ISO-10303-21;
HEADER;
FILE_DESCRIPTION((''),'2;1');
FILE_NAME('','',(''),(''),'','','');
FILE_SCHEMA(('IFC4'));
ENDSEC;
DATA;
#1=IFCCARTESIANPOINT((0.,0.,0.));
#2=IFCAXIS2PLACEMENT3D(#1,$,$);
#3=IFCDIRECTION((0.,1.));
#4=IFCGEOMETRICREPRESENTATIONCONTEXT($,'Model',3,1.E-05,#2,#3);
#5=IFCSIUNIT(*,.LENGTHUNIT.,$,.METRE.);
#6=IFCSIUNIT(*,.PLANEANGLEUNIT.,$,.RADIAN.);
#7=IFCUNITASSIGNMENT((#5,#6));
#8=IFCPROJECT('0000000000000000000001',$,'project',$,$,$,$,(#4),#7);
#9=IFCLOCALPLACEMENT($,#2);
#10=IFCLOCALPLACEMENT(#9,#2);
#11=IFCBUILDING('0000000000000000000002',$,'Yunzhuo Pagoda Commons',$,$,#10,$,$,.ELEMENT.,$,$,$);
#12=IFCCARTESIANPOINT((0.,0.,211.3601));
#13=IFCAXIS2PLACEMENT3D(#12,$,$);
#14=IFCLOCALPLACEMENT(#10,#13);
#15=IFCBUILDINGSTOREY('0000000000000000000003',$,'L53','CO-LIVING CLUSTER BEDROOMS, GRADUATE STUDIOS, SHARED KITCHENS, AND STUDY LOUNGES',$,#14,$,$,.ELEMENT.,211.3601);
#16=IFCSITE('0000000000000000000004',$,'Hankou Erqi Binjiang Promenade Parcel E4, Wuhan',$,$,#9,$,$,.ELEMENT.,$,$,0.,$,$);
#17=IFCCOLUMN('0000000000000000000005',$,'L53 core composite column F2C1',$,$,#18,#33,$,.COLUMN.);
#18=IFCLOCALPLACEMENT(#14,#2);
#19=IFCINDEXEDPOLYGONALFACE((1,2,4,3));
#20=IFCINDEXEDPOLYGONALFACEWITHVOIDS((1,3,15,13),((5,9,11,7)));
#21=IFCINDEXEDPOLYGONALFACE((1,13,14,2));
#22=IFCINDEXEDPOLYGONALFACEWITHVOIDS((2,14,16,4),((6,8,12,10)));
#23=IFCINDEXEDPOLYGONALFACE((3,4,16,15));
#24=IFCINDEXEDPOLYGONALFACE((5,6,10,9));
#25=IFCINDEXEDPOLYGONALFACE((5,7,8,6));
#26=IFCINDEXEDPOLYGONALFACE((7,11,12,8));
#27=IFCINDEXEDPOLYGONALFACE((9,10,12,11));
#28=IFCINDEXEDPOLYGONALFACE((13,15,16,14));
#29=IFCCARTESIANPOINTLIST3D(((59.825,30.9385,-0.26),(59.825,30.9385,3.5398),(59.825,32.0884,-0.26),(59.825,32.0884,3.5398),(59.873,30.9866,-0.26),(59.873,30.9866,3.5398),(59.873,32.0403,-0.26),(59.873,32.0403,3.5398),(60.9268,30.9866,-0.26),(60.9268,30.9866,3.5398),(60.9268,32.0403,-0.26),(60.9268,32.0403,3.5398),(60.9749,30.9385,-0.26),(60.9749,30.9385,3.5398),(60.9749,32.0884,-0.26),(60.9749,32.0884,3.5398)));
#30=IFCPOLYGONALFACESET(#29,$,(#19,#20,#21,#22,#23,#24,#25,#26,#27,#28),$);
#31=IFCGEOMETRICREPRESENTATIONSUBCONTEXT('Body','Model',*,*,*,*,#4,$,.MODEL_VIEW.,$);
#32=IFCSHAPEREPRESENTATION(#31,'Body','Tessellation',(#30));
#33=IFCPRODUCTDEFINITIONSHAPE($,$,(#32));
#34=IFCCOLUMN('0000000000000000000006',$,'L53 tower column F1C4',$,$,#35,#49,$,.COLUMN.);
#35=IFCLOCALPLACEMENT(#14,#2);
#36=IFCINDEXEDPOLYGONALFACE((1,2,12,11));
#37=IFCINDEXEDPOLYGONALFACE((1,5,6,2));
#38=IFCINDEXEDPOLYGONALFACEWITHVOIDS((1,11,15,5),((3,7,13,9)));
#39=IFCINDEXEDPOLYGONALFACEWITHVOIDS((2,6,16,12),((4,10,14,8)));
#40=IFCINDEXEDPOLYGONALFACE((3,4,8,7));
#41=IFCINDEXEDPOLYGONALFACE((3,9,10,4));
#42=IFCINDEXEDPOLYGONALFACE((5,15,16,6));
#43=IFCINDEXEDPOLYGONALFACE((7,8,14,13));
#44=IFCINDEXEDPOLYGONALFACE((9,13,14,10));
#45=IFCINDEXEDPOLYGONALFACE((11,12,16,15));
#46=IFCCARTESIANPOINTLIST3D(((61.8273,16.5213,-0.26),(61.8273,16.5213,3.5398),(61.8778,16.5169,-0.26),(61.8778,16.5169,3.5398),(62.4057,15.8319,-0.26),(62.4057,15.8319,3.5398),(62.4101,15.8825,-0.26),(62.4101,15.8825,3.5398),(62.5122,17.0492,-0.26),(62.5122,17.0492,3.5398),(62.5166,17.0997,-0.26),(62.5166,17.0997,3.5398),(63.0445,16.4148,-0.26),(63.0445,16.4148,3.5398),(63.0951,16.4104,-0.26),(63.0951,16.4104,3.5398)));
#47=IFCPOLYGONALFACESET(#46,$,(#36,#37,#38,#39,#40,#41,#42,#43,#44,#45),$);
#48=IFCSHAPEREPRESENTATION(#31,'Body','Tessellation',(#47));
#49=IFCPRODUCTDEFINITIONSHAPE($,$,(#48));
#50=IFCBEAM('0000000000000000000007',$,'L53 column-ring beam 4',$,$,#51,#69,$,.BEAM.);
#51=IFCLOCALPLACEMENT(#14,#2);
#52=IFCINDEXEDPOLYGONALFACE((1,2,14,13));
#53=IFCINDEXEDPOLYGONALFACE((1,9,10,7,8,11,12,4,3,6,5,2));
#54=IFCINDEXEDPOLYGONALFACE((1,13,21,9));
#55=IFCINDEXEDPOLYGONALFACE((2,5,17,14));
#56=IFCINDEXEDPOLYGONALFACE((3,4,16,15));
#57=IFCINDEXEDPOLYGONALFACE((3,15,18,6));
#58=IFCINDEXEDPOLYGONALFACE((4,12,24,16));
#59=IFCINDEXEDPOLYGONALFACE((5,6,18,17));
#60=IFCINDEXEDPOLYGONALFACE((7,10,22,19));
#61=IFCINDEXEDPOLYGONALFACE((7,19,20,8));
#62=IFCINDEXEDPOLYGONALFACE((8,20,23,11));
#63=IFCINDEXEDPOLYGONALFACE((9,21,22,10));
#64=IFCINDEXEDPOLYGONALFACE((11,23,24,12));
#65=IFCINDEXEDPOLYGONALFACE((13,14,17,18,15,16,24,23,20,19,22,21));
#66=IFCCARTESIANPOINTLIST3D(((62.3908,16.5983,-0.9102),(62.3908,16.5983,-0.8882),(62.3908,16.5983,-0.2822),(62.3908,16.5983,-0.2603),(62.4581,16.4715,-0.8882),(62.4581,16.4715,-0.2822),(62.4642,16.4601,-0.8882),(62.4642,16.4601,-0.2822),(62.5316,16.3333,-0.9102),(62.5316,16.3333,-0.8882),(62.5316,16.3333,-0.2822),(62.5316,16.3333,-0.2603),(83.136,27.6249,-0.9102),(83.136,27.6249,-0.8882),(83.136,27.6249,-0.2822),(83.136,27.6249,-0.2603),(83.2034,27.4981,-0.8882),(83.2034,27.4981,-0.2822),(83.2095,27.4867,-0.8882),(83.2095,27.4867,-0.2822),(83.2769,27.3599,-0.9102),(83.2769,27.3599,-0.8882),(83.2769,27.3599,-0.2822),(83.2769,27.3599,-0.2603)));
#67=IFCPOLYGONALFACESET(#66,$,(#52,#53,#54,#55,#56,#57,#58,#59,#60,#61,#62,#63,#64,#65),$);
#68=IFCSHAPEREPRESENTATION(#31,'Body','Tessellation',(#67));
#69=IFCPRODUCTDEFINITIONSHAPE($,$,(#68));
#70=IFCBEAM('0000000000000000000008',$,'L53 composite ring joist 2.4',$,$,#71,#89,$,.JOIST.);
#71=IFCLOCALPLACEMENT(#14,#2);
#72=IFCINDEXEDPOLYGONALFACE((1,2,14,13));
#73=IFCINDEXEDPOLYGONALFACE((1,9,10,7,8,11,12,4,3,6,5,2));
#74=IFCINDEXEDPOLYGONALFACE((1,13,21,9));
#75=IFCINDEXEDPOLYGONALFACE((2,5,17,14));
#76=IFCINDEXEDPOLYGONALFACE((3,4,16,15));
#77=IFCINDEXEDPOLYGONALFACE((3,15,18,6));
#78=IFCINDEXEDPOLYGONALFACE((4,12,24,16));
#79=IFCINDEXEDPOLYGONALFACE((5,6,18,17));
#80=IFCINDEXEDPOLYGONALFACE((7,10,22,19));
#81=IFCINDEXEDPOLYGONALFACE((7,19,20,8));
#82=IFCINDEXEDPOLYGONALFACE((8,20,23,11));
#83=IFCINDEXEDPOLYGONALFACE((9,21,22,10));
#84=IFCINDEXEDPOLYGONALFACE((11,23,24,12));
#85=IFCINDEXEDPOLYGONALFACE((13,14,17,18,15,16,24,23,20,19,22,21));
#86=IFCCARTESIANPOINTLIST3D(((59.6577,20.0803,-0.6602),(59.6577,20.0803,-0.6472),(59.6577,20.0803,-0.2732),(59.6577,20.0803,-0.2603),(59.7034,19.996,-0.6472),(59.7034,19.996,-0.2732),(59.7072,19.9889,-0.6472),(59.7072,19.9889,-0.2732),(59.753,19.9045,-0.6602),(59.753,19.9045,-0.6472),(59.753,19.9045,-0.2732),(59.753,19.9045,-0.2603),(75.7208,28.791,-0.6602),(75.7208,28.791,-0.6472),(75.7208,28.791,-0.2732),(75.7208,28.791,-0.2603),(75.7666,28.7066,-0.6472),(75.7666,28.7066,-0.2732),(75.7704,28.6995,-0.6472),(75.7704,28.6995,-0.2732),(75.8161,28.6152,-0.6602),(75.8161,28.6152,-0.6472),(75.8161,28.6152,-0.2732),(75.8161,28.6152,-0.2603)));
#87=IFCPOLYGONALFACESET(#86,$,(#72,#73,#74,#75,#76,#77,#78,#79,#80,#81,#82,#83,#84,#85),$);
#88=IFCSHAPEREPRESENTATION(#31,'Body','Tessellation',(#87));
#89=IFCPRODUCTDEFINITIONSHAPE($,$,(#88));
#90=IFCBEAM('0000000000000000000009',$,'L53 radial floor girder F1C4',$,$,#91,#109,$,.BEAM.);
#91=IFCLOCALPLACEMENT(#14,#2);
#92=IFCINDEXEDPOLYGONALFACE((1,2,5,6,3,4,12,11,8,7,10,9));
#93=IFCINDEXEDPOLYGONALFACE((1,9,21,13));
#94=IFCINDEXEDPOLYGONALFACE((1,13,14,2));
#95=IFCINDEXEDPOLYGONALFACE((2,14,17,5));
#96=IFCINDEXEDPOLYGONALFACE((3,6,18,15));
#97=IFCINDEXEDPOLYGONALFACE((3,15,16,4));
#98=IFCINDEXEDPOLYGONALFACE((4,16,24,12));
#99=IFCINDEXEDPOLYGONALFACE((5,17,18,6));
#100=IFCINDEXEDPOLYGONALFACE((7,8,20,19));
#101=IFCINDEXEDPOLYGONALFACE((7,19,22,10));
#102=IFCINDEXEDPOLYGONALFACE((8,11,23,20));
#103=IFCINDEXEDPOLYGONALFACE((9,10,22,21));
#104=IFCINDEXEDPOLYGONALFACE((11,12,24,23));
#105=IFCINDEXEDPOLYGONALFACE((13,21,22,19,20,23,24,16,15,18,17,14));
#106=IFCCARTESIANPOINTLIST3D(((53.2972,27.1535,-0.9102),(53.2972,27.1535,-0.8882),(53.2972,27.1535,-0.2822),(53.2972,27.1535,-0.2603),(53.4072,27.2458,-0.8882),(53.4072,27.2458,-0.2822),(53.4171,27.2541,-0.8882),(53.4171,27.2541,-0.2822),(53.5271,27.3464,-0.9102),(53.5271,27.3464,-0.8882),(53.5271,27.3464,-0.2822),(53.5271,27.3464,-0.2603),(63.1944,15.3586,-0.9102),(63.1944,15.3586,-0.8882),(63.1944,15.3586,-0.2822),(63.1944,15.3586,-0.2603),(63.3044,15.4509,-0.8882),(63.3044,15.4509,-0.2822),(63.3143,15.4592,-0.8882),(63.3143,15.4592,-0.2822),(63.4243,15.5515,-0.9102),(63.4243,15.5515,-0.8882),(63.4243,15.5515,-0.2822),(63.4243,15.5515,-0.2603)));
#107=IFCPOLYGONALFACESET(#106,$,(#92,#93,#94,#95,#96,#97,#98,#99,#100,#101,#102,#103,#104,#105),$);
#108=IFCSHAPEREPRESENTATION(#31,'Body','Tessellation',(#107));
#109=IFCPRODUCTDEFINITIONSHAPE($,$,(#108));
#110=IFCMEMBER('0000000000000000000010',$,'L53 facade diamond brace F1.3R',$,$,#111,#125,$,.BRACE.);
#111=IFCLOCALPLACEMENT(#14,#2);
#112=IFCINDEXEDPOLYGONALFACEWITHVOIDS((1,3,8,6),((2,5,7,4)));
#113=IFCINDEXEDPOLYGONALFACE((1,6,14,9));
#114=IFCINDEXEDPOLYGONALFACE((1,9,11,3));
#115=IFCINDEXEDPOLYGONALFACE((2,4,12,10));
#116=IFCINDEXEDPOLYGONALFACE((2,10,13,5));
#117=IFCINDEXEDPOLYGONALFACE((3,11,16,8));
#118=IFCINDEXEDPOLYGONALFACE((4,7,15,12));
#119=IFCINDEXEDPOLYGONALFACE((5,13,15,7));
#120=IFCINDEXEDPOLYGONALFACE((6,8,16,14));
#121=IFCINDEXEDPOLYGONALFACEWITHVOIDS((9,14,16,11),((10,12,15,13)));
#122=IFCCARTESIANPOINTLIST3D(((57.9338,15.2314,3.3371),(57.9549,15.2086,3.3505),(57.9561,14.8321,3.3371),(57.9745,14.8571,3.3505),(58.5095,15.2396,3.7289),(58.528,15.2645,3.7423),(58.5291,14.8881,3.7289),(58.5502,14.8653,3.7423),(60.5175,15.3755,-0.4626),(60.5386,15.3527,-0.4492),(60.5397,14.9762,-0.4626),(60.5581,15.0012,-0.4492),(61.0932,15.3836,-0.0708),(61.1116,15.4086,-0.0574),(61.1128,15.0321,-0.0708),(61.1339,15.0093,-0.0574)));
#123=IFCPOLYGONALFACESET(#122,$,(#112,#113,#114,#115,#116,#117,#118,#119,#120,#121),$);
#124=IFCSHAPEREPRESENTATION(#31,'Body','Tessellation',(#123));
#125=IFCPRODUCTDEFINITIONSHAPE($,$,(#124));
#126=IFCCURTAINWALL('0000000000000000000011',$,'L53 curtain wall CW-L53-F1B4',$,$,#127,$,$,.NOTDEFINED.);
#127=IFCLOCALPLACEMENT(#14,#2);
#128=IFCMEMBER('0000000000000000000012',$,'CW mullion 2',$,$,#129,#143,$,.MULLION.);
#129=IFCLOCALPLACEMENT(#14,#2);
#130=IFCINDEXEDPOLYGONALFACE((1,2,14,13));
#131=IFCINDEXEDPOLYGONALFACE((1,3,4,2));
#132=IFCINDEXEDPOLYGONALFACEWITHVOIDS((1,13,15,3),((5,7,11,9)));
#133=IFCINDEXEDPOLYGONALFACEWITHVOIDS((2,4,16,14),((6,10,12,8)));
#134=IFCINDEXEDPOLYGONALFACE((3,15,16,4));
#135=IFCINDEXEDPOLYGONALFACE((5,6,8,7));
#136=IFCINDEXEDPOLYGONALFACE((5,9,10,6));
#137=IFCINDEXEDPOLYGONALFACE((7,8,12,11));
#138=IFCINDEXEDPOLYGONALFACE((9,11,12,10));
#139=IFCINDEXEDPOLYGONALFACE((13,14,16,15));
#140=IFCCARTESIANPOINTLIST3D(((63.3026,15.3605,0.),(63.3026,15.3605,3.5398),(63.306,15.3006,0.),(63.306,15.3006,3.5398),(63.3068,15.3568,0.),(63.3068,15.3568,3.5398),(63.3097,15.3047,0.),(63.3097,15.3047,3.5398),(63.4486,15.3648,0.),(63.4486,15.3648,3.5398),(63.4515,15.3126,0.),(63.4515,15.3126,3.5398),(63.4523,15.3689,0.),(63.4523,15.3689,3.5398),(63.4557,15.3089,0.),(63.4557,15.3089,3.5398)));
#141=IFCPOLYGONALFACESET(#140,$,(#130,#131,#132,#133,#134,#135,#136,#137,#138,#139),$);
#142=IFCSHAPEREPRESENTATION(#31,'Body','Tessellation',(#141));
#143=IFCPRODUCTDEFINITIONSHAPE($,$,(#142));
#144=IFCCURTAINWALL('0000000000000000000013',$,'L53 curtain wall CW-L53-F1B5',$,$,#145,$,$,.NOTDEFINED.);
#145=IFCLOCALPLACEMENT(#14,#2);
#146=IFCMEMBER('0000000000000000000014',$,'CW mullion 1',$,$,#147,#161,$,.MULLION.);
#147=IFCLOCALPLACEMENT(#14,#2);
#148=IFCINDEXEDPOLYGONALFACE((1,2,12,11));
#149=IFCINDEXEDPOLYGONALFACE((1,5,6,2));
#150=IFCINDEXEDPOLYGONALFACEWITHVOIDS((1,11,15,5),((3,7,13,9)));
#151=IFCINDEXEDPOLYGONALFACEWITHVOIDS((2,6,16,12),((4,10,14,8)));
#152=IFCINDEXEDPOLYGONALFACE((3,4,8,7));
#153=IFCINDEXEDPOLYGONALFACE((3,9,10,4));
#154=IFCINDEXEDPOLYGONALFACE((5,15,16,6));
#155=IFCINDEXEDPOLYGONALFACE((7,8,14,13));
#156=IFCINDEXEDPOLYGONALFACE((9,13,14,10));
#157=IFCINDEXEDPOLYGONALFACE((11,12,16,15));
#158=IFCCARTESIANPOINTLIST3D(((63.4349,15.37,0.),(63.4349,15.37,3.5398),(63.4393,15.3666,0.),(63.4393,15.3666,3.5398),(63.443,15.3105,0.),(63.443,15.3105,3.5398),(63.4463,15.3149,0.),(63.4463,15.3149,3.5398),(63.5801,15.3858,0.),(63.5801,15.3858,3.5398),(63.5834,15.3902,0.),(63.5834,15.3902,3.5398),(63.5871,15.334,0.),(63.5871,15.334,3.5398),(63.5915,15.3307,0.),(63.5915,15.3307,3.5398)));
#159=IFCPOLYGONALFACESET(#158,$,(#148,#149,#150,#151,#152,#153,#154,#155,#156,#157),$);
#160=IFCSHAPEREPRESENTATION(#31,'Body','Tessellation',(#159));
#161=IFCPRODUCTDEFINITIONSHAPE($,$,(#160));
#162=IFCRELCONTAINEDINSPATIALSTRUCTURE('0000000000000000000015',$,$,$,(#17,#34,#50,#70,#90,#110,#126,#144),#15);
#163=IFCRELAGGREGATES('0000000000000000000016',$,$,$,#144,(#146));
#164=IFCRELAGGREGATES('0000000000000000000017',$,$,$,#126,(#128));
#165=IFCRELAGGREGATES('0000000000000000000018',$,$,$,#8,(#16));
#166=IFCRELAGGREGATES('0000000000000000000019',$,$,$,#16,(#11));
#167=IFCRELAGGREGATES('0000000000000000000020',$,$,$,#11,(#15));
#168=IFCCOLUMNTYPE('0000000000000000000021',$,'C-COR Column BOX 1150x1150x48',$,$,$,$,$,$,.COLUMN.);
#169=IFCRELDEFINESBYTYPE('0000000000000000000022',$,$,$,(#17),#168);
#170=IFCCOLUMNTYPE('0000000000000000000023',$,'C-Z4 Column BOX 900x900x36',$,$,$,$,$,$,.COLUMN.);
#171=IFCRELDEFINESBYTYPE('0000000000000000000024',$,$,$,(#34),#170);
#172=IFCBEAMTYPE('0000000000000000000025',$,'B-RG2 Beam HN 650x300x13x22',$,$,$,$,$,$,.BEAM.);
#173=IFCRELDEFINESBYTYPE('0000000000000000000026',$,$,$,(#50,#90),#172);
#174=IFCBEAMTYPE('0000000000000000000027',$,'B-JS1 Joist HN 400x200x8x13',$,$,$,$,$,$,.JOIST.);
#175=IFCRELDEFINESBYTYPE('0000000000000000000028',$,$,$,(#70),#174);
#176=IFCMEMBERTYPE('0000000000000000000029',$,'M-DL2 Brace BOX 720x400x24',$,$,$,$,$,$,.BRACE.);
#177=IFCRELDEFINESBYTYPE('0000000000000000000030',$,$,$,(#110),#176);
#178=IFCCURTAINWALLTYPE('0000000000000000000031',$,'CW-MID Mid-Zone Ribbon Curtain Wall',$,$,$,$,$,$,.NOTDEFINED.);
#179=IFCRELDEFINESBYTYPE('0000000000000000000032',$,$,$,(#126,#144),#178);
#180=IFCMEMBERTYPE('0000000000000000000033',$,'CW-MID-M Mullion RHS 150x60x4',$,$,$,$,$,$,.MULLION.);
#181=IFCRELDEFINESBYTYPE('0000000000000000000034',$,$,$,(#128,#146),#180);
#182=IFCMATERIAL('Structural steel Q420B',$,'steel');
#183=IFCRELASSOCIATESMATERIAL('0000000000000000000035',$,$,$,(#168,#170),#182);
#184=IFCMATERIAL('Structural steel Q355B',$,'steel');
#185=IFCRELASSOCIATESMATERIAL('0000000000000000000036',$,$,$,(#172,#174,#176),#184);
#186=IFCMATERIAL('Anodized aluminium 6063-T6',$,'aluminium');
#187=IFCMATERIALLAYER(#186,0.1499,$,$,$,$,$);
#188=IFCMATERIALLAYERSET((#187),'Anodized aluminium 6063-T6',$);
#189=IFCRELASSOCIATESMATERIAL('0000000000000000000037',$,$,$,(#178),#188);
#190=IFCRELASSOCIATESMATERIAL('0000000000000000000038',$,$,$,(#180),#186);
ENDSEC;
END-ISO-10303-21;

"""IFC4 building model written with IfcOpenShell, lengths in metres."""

from ifc_helpers import new_model, si_unit, direction, frame, origin, origin_2d, place, context, subcontext, project, spatial, hollow_rectangle, i_section, extrude, source, transform, mapped, material, layer, layer_set, material_profile, profile_set, type_object, element, aggregate, save


model = new_model("IFC4")

# Units and contexts
model_context = context("Model", 3, precision=1e-05, world=origin(), true_north=direction((0.0, 1.0)))
body_context = subcontext(model_context, "Body", "Model", "MODEL_VIEW")
ifc_project = project(units=[si_unit("LENGTHUNIT", "METRE"), si_unit("PLANEANGLEUNIT", "RADIAN")], contexts=[model_context])

# Site, building, storey
site_placement = place(None, origin())
site = spatial("IfcSite", under=ifc_project, at=site_placement, Name="Hankou Erqi Binjiang Promenade Parcel E4, Wuhan", CompositionType="ELEMENT", RefElevation=0.0)
building_placement = place(site_placement, origin())
building = spatial("IfcBuilding", under=site, at=building_placement, Name="Yunzhuo Pagoda Commons", CompositionType="ELEMENT")
storey_placement = place(building_placement, frame((0.0, 0.0, 211.3601)))
storey = spatial("IfcBuildingStorey", under=building, at=storey_placement, Name="L53", Description="CO-LIVING CLUSTER BEDROOMS, GRADUATE STUDIOS, SHARED KITCHENS, AND STUDY LOUNGES", CompositionType="ELEMENT", Elevation=211.3601)

# Columns
ifc_material_1 = material(Name="Structural steel Q420B", Category="steel")
ifc_material_profile_1 = material_profile(ifc_material_1, hollow_rectangle(XDim=1.1499, YDim=1.1499, WallThickness=0.0481, at=origin_2d()), Name="Structural steel Q420B")
ifc_profile_set_1 = profile_set([ifc_material_profile_1], Name="Structural steel Q420B")
column_type_1 = type_object("IfcColumnType", Name="C-COR Column BOX 1150x1150x48", PredefinedType="COLUMN", material=ifc_profile_set_1)
shared_shape_1 = source(origin(), body_context, "Body", "SweptSolid", [
    extrude(hollow_rectangle(XDim=1.1499, YDim=1.1499, WallThickness=0.0481, at=origin_2d()), origin(), (0.0, 0.0, 1.0), 3.7998),
])
column_1_placement = place(storey_placement, frame((60.3999, 31.5134, -0.26), z_axis=(0.0, 0.0, 1.0), x_axis=(1.0, 0.0, 0.0)))
element("IfcColumn", 1, at=column_1_placement, inside=storey, type_object=column_type_1, Name="L53 core composite column F2C1", PredefinedType="COLUMN", context=body_context, shape_type="MappedRepresentation", body=[
    mapped(shared_shape_1, transform((0.0, 0.0, 0.0), scale=1.0)),
])
ifc_material_profile_2 = material_profile(ifc_material_1, hollow_rectangle(XDim=0.8999, YDim=0.8999, WallThickness=0.0359, at=origin_2d()), Name="Structural steel Q420B")
ifc_profile_set_2 = profile_set([ifc_material_profile_2], Name="Structural steel Q420B")
column_type_2 = type_object("IfcColumnType", Name="C-Z4 Column BOX 900x900x36", PredefinedType="COLUMN", material=ifc_profile_set_2)
shared_shape_2 = source(origin(), body_context, "Body", "SweptSolid", [
    extrude(hollow_rectangle(XDim=0.8999, YDim=0.8999, WallThickness=0.0359, at=origin_2d()), origin(), (0.0, 0.0, 1.0), 3.7998),
])
column_2_placement = place(storey_placement, frame((62.4612, 16.4658, -0.26), z_axis=(0.0, 0.0, 1.0), x_axis=(0.766044, 0.642788, 0.0)))
element("IfcColumn", 2, at=column_2_placement, inside=storey, type_object=column_type_2, Name="L53 tower column F1C4", PredefinedType="COLUMN", context=body_context, shape_type="MappedRepresentation", body=[
    mapped(shared_shape_2, transform((0.0, 0.0, 0.0), scale=1.0)),
])

# Beams
ifc_material_2 = material(Name="Structural steel Q355B", Category="steel")
ifc_material_profile_3 = material_profile(ifc_material_2, i_section(OverallWidth=0.3, OverallDepth=0.6499, WebThickness=0.0129, FlangeThickness=0.022, at=origin_2d()), Name="Structural steel Q355B")
ifc_profile_set_3 = profile_set([ifc_material_profile_3], Name="Structural steel Q355B")
beam_type_1 = type_object("IfcBeamType", Name="B-RG2 Beam HN 650x300x13x22", PredefinedType="BEAM", material=ifc_profile_set_3)
shared_shape_3 = source(origin(), body_context, "Body", "SweptSolid", [
    extrude(i_section(OverallWidth=0.3, OverallDepth=0.6499, WebThickness=0.0129, FlangeThickness=0.022, at=origin_2d()), origin(), (0.0, 0.0, 1.0), 23.4937),
])
beam_1_placement = place(storey_placement, frame((62.4612, 16.4658, -0.5852), z_axis=(0.883016, 0.469342, 0.0), x_axis=(-0.469342, 0.883016, 0.0)))
element("IfcBeam", 3, at=beam_1_placement, inside=storey, type_object=beam_type_1, Name="L53 column-ring beam 4", PredefinedType="BEAM", context=body_context, shape_type="MappedRepresentation", body=[
    mapped(shared_shape_3, transform((0.0, 0.0, 0.0), scale=1.0)),
])
ifc_material_profile_4 = material_profile(ifc_material_2, i_section(OverallWidth=0.2, OverallDepth=0.3999, WebThickness=0.0081, FlangeThickness=0.0129, at=origin_2d()), Name="Structural steel Q355B")
ifc_profile_set_4 = profile_set([ifc_material_profile_4], Name="Structural steel Q355B")
beam_type_2 = type_object("IfcBeamType", Name="B-JS1 Joist HN 400x200x8x13", PredefinedType="JOIST", material=ifc_profile_set_4)
shared_shape_4 = source(origin(), body_context, "Body", "SweptSolid", [
    extrude(i_section(OverallWidth=0.2, OverallDepth=0.3999, WebThickness=0.0081, FlangeThickness=0.0129, at=origin_2d()), origin(), (0.0, 0.0, 1.0), 18.2729),
])
beam_2_placement = place(storey_placement, frame((59.7053, 19.9924, -0.4602), z_axis=(0.879068, 0.476697, 0.0), x_axis=(-0.476697, 0.879068, 0.0)))
element("IfcBeam", 4, at=beam_2_placement, inside=storey, type_object=beam_type_2, Name="L53 composite ring joist 2.4", PredefinedType="JOIST", context=body_context, shape_type="MappedRepresentation", body=[
    mapped(shared_shape_4, transform((0.0, 0.0, 0.0), scale=1.0)),
])
shared_shape_5 = source(origin(), body_context, "Body", "SweptSolid", [
    extrude(i_section(OverallWidth=0.3, OverallDepth=0.6499, WebThickness=0.0129, FlangeThickness=0.022, at=origin_2d()), origin(), (0.0, 0.0, 1.0), 15.3972),
])
beam_3_placement = place(storey_placement, frame((63.3093, 15.4551, -0.5852), z_axis=(-0.642792, 0.766041, 0.0), x_axis=(-0.766041, -0.642792, 0.0)))
element("IfcBeam", 5, at=beam_3_placement, inside=storey, type_object=beam_type_1, Name="L53 radial floor girder F1C4", PredefinedType="BEAM", context=body_context, shape_type="MappedRepresentation", body=[
    mapped(shared_shape_5, transform((0.0, 0.0, 0.0), scale=1.0)),
])

# Member
ifc_material_profile_5 = material_profile(ifc_material_2, hollow_rectangle(XDim=0.3999, YDim=0.72, WallThickness=0.0239, at=origin_2d()), Name="Structural steel Q355B")
ifc_profile_set_5 = profile_set([ifc_material_profile_5], Name="Structural steel Q355B")
member_type_1 = type_object("IfcMemberType", Name="M-DL2 Brace BOX 720x400x24", PredefinedType="BRACE", material=ifc_profile_set_5)
shared_shape_6 = source(origin(), body_context, "Body", "SweptSolid", [
    extrude(hollow_rectangle(XDim=0.3999, YDim=0.72, WallThickness=0.0239, at=origin_2d()), origin(), (0.0, 0.0, 1.0), 4.5972),
])
member_1_placement = place(storey_placement, frame((60.8257, 15.1924, -0.26), z_axis=(-0.562015, -0.031332, 0.826533), x_axis=(0.055663, -0.99845, 0.0)))
element("IfcMember", 6, at=member_1_placement, inside=storey, type_object=member_type_1, Name="L53 facade diamond brace F1.3R", PredefinedType="BRACE", context=body_context, shape_type="MappedRepresentation", body=[
    mapped(shared_shape_6, transform((0.0, 0.0, 0.0), scale=1.0)),
])

# Curtain wall, member
ifc_material_3 = material(Name="Anodized aluminium 6063-T6", Category="aluminium")
ifc_layer_1 = layer(ifc_material_3, 0.1499)
ifc_layer_set_1 = layer_set([ifc_layer_1], Name="Anodized aluminium 6063-T6")
curtain_wall_type = type_object("IfcCurtainWallType", Name="CW-MID Mid-Zone Ribbon Curtain Wall", PredefinedType="NOTDEFINED", material=ifc_layer_set_1)
curtain_wall_1_placement = place(storey_placement, origin())
curtain_wall_1 = element("IfcCurtainWall", 7, at=curtain_wall_1_placement, inside=storey, type_object=curtain_wall_type, Name="L53 curtain wall CW-L53-F1B4", PredefinedType="NOTDEFINED")
ifc_material_profile_6 = material_profile(ifc_material_3, hollow_rectangle(XDim=0.0601, YDim=0.1499, WallThickness=0.0039, at=origin_2d()), Name="Anodized aluminium 6063-T6")
ifc_profile_set_6 = profile_set([ifc_material_profile_6], Name="Anodized aluminium 6063-T6")
member_type_2 = type_object("IfcMemberType", Name="CW-MID-M Mullion RHS 150x60x4", PredefinedType="MULLION", material=ifc_profile_set_6)
shared_shape_7 = source(origin(), body_context, "Body", "SweptSolid", [
    extrude(hollow_rectangle(XDim=0.0601, YDim=0.1499, WallThickness=0.0039, at=origin_2d()), origin(), (0.0, 0.0, 1.0), 3.5398),
])
member_2_placement = place(storey_placement, frame((63.3792, 15.3347, 0.0), z_axis=(0.0, 0.0, 1.0), x_axis=(-0.055642, 0.998451, 0.0)))
member_2 = element("IfcMember", 8, at=member_2_placement, type_object=member_type_2, Name="CW mullion 2", PredefinedType="MULLION", context=body_context, shape_type="MappedRepresentation", body=[
    mapped(shared_shape_7, transform((0.0, 0.0, 0.0), scale=1.0)),
])

# Curtain wall, member
curtain_wall_2_placement = place(storey_placement, origin())
curtain_wall_2 = element("IfcCurtainWall", 9, at=curtain_wall_2_placement, inside=storey, type_object=curtain_wall_type, Name="L53 curtain wall CW-L53-F1B5", PredefinedType="NOTDEFINED")
member_3_placement = place(storey_placement, frame((63.5132, 15.3503, 0.0), z_axis=(0.0, 0.0, 1.0), x_axis=(-0.134839, 0.990867, 0.0)))
member_3 = element("IfcMember", 10, at=member_3_placement, type_object=member_type_2, Name="CW mullion 1", PredefinedType="MULLION", context=body_context, shape_type="MappedRepresentation", body=[
    mapped(shared_shape_7, transform((0.0, 0.0, 0.0), scale=1.0)),
])
aggregate(curtain_wall_2, [member_3])

aggregate(curtain_wall_1, [member_2])

save(model, "model.ifc")
